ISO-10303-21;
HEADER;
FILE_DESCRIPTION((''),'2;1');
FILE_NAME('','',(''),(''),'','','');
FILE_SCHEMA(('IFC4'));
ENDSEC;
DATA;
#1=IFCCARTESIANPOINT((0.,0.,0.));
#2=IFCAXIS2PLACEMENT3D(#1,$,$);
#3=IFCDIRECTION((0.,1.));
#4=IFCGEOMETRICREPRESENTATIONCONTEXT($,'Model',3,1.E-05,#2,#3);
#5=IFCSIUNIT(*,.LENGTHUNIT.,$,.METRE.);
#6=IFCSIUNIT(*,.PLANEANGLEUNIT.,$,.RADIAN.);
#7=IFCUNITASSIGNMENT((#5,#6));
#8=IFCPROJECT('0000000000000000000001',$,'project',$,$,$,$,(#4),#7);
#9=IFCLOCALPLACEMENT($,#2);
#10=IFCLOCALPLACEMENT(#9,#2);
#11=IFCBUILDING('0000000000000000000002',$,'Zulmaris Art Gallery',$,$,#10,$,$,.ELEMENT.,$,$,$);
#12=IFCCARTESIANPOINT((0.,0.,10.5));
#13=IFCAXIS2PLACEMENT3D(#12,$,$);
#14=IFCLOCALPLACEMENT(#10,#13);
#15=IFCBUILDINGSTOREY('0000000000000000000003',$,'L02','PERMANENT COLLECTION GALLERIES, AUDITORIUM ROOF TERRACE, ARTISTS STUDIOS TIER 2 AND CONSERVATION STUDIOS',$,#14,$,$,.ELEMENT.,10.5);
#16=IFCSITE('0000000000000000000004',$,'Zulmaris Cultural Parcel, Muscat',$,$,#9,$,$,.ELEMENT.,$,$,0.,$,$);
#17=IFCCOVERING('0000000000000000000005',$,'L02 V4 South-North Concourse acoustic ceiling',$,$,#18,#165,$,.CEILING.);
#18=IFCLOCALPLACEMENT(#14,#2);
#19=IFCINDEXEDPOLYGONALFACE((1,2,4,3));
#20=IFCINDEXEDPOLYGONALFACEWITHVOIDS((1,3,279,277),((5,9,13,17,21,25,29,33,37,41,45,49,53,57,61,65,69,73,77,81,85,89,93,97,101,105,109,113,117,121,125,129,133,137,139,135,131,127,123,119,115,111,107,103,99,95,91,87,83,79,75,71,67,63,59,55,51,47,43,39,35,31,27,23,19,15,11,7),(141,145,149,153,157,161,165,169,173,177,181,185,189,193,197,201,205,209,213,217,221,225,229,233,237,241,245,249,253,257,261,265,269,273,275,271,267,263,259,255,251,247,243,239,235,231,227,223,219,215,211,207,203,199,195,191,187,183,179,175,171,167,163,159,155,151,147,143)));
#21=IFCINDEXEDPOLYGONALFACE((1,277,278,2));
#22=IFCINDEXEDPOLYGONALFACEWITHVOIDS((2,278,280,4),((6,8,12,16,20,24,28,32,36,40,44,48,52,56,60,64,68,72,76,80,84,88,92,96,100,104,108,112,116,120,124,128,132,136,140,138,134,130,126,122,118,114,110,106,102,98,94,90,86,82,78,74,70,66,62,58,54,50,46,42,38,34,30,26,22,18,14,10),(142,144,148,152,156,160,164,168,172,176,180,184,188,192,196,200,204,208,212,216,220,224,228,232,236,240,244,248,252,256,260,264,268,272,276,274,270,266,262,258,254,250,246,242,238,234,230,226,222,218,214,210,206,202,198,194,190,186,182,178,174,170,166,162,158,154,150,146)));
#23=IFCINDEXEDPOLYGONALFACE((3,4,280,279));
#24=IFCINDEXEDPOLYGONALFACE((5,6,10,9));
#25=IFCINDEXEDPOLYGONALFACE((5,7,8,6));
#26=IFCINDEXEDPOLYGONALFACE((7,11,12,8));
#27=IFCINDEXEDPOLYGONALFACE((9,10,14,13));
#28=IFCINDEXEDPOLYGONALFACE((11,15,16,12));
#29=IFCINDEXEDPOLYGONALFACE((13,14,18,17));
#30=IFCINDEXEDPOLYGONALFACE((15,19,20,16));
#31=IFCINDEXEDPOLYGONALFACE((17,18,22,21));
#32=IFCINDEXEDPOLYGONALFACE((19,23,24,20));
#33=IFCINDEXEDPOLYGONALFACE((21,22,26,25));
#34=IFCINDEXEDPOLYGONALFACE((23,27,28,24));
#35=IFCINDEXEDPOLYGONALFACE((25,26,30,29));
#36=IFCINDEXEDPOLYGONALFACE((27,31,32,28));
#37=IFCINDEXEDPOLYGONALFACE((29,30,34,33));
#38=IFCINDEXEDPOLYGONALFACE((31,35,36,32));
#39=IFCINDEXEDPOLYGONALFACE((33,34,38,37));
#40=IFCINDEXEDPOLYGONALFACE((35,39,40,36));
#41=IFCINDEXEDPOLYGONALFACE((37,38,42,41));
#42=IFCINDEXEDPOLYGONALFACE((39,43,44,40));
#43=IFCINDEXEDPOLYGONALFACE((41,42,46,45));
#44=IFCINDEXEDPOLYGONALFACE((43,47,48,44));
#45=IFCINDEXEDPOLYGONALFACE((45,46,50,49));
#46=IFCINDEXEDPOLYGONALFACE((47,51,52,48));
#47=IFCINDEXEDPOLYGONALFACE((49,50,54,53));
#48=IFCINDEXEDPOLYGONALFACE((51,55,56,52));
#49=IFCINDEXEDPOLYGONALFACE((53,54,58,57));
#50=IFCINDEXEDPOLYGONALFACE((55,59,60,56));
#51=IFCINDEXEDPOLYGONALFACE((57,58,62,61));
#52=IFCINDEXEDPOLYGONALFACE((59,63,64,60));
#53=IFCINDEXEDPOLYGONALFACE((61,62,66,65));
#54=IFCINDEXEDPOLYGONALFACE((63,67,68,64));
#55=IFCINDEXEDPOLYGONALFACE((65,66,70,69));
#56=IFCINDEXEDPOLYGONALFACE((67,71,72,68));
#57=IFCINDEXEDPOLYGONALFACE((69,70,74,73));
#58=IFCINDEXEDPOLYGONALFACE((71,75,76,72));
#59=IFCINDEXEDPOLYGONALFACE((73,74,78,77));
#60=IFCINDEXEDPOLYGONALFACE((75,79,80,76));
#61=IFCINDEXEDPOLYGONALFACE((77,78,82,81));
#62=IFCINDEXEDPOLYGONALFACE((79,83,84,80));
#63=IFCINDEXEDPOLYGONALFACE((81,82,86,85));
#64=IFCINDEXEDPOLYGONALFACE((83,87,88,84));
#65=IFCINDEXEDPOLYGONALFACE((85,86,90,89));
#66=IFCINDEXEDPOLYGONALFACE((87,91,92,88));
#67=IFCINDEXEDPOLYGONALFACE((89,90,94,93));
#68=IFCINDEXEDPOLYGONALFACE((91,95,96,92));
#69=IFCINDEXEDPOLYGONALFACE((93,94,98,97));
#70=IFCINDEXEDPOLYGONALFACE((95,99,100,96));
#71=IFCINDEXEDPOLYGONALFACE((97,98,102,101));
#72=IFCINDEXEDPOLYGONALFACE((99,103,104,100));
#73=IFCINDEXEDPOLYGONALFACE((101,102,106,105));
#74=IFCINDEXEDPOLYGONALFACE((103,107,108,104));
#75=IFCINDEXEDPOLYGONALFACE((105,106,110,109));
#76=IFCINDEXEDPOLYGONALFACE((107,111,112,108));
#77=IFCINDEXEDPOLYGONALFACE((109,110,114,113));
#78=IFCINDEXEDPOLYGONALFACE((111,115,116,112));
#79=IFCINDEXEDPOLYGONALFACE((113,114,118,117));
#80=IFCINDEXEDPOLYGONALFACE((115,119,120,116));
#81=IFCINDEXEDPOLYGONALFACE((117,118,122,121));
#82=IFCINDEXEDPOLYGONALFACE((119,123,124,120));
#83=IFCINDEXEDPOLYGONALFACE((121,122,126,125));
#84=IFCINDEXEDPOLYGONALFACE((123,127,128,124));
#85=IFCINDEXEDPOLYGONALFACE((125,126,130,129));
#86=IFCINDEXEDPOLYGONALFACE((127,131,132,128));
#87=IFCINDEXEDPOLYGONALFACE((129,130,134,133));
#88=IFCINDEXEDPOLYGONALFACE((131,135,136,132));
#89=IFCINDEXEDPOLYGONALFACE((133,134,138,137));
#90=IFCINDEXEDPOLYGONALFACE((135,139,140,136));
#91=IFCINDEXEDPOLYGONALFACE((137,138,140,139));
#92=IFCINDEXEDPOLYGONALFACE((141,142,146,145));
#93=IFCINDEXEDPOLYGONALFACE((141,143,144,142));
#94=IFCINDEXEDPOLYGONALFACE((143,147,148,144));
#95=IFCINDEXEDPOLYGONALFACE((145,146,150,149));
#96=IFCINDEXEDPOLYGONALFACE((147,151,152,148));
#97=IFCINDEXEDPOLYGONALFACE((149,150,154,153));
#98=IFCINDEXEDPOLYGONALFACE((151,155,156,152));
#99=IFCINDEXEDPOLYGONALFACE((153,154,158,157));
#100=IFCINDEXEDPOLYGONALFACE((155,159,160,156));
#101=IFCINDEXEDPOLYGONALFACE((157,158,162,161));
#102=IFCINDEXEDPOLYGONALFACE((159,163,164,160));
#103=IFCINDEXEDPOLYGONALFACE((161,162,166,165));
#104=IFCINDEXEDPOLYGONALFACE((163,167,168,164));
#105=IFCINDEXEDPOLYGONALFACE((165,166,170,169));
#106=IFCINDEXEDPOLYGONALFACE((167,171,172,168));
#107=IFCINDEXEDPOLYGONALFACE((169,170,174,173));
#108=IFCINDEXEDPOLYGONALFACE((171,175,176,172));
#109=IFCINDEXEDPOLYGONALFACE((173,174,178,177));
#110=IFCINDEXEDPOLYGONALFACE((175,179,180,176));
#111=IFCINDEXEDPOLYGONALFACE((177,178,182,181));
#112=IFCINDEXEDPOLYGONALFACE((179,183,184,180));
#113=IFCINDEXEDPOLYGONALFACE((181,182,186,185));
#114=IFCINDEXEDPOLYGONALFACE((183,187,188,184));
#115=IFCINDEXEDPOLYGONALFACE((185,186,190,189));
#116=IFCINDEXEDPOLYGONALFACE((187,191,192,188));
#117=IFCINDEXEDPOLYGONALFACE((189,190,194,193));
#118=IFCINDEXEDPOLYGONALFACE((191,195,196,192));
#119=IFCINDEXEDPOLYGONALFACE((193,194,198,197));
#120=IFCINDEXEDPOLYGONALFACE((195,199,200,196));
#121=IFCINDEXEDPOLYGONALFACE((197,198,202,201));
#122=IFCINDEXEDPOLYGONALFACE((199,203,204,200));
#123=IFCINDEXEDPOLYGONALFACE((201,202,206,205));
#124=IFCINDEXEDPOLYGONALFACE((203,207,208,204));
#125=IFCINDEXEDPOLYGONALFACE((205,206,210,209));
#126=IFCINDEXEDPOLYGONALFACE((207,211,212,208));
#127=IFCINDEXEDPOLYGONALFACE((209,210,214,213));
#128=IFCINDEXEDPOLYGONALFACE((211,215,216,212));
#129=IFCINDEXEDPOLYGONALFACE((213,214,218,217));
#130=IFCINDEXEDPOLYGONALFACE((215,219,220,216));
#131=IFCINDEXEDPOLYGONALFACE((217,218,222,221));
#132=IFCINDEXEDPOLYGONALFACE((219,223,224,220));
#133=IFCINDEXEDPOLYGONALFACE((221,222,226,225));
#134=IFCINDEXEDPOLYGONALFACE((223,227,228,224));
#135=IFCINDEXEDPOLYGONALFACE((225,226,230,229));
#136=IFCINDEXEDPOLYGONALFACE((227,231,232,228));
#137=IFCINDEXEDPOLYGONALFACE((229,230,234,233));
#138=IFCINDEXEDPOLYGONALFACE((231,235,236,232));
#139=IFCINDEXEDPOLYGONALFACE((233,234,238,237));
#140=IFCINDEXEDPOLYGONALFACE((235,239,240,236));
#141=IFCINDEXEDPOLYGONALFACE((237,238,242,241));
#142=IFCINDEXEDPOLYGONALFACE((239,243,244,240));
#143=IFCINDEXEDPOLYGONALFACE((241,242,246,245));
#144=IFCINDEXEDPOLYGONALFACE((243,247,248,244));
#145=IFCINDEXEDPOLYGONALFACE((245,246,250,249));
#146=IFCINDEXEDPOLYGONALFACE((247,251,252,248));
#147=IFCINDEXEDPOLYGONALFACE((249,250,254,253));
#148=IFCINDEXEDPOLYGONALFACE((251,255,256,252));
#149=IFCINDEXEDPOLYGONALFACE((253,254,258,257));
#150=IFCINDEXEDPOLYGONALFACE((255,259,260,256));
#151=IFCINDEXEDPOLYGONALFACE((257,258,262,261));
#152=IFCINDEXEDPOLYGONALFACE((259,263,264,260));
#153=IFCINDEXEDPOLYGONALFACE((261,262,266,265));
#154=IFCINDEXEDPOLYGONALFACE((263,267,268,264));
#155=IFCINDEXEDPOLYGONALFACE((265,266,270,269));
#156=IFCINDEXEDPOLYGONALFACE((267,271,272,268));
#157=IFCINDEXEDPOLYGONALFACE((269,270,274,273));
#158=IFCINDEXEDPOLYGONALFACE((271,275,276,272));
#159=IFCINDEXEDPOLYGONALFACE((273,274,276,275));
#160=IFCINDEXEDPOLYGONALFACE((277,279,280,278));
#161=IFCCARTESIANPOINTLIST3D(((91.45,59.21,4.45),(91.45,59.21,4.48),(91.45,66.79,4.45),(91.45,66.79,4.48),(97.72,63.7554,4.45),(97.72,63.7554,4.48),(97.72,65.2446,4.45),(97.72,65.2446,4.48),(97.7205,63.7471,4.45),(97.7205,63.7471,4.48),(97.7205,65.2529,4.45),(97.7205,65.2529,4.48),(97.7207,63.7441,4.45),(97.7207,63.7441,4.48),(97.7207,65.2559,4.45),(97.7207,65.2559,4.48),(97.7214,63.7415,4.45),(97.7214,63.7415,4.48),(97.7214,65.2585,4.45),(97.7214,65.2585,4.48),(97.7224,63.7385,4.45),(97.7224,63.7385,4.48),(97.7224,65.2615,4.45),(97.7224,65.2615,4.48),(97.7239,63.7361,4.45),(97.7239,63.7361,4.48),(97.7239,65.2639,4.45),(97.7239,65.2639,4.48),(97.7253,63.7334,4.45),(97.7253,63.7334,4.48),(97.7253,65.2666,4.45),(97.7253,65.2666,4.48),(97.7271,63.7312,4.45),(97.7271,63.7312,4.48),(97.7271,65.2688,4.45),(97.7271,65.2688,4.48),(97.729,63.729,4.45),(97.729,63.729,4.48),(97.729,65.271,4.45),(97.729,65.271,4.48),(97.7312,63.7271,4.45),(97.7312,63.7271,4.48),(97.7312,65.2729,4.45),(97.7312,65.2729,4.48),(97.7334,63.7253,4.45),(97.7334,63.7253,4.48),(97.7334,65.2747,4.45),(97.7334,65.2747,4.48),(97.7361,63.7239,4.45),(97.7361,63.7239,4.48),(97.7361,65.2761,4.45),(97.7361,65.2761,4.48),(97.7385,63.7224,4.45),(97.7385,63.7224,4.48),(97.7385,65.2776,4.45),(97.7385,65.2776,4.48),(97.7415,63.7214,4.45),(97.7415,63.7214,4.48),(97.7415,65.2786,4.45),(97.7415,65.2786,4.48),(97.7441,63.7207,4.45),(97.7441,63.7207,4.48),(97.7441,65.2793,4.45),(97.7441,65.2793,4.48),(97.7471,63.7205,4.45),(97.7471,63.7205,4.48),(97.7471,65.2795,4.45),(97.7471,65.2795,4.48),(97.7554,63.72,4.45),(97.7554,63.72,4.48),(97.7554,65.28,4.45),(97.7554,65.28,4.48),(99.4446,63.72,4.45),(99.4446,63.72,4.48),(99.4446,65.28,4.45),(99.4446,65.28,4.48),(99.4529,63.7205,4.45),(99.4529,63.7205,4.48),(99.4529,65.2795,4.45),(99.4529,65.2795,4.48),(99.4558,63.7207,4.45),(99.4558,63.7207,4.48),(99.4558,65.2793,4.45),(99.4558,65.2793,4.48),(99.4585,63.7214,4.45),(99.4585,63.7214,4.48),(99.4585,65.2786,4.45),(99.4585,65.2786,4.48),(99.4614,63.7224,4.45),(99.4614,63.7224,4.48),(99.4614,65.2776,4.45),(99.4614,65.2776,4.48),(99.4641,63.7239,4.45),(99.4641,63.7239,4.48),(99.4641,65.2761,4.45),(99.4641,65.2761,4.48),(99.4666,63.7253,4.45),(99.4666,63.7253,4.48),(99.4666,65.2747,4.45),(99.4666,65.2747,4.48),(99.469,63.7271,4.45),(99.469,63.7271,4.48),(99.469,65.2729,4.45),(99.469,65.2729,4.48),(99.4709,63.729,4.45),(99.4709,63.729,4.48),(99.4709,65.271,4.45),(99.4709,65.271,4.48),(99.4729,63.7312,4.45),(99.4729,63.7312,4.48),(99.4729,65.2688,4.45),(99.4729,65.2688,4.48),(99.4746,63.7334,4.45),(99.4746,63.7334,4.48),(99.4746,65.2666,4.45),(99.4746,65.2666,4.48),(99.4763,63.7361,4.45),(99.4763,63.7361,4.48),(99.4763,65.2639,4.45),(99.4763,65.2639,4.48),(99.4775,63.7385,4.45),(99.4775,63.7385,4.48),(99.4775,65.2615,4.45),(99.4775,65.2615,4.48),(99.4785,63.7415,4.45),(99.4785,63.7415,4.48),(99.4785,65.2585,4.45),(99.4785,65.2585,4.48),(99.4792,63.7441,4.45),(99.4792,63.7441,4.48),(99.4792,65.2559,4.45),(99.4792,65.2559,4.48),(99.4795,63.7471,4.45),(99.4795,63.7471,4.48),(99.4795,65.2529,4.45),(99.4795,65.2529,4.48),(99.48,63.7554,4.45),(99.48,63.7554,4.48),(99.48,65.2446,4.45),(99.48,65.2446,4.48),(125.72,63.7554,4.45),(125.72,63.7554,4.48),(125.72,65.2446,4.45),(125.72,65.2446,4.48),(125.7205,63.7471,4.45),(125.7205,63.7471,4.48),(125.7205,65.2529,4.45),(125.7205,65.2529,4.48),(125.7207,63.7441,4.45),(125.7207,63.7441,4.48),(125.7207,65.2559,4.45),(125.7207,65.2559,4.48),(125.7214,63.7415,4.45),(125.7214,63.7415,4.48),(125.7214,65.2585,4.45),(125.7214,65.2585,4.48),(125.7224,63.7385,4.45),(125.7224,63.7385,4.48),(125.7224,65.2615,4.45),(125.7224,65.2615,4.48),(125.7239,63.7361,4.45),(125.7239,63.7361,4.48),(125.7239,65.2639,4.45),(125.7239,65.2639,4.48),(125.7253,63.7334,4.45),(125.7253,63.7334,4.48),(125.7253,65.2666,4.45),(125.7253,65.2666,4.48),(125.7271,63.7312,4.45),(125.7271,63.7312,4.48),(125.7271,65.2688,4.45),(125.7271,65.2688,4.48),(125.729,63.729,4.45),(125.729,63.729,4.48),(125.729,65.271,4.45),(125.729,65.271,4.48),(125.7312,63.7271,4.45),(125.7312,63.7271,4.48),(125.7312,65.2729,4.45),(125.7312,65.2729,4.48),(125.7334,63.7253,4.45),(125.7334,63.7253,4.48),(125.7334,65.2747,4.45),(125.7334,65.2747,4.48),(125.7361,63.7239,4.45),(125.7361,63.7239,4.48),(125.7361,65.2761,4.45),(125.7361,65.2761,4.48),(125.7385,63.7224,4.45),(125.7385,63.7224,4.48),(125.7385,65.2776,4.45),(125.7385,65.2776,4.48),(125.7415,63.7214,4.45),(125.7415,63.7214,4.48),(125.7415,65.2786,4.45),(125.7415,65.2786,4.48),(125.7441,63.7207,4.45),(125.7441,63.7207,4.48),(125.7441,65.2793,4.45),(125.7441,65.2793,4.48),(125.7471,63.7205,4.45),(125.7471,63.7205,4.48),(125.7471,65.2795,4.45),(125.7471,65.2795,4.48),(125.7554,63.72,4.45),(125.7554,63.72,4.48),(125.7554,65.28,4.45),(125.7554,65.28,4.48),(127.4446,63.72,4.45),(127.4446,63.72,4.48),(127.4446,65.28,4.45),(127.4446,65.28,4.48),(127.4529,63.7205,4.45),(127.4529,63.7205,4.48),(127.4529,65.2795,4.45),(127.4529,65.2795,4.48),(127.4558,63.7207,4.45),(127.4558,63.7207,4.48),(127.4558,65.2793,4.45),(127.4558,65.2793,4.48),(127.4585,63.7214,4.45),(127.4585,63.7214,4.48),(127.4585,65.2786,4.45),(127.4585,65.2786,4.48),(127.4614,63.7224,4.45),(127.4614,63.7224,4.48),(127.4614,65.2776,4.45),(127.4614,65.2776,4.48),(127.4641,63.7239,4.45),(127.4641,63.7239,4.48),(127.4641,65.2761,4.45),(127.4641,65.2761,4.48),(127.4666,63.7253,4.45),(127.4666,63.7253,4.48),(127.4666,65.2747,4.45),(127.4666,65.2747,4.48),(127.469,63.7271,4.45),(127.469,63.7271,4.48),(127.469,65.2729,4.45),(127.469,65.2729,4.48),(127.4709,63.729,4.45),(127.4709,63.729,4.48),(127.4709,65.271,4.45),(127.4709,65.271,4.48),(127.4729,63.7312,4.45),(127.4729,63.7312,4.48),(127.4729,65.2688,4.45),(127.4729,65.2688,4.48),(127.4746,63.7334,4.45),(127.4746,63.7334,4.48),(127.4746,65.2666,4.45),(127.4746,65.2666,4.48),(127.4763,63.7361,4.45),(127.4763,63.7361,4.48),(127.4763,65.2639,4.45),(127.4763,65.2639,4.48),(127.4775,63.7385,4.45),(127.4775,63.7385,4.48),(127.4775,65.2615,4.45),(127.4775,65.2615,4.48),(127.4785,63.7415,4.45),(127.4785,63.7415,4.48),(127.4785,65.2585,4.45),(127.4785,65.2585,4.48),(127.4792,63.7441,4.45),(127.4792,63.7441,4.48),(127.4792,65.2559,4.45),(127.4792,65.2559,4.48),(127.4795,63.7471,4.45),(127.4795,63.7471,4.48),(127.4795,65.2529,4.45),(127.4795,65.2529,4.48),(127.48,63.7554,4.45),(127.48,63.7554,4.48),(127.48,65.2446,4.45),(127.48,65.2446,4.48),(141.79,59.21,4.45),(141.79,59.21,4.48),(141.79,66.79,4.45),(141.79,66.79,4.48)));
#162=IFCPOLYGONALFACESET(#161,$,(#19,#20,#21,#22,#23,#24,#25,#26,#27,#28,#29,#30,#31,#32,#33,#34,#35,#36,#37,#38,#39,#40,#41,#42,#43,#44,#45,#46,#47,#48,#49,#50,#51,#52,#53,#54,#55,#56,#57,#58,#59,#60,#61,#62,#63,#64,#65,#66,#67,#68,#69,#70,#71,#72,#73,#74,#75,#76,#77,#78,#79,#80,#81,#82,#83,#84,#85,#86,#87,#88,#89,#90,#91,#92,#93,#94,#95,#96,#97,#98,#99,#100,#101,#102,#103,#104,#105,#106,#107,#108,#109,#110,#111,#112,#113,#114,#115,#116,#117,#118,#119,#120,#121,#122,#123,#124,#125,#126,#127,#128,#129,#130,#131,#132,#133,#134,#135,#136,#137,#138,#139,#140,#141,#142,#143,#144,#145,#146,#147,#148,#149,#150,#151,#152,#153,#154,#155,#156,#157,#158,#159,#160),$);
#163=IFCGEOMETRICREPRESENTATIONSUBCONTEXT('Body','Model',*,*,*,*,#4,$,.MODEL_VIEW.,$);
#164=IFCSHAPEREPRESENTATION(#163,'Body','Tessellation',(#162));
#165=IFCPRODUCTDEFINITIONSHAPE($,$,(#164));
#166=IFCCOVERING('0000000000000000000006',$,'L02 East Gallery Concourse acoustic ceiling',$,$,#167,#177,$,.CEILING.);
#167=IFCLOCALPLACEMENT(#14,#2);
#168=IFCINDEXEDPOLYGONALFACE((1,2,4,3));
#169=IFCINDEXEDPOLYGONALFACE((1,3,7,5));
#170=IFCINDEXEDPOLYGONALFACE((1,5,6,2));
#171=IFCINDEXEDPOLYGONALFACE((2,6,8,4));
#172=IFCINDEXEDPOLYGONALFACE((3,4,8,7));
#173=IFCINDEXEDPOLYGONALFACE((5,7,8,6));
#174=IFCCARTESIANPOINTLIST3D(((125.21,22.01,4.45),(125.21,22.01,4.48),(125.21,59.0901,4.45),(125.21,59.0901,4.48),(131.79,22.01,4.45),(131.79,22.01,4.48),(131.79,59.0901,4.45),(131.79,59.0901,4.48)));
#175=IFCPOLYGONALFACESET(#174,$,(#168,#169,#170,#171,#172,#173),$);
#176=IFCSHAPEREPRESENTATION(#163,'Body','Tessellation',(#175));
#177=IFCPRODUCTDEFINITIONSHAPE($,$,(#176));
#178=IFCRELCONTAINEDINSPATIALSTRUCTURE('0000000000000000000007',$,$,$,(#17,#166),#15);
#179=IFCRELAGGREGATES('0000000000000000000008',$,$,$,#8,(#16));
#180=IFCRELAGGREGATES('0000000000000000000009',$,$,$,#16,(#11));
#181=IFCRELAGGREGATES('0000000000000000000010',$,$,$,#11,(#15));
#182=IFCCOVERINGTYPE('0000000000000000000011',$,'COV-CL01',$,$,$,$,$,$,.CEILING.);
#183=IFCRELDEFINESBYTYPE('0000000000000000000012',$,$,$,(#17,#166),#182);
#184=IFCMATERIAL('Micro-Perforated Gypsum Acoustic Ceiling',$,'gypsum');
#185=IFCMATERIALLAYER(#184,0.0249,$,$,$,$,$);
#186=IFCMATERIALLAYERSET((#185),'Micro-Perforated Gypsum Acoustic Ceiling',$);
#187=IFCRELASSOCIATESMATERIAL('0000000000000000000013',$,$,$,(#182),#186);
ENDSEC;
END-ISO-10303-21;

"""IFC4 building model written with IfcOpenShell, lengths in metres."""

from ifc_helpers import new_model, si_unit, direction, frame, origin, place, context, subcontext, project, spatial, polyline, outline, extrude, material, layer, layer_set, type_object, element, save


model = new_model("IFC4")

# Units and contexts
model_context = context("Model", 3, precision=1e-05, world=origin(), true_north=direction((0.0, 1.0)))
body_context = subcontext(model_context, "Body", "Model", "MODEL_VIEW")
ifc_project = project(units=[si_unit("LENGTHUNIT", "METRE"), si_unit("PLANEANGLEUNIT", "RADIAN")], contexts=[model_context])

# Site, building, storey
site_placement = place(None, origin())
site = spatial("IfcSite", under=ifc_project, at=site_placement, Name="Zulmaris Cultural Parcel, Muscat", CompositionType="ELEMENT", RefElevation=0.0)
building_placement = place(site_placement, origin())
building = spatial("IfcBuilding", under=site, at=building_placement, Name="Zulmaris Art Gallery", CompositionType="ELEMENT")
storey_placement = place(building_placement, frame((0.0, 0.0, 10.5)))
storey = spatial("IfcBuildingStorey", under=building, at=storey_placement, Name="L02", Description="PERMANENT COLLECTION GALLERIES, AUDITORIUM ROOF TERRACE, ARTISTS STUDIOS TIER 2 AND CONSERVATION STUDIOS", CompositionType="ELEMENT", Elevation=10.5)

# Coverings
ifc_material_1 = material(Name="Micro-Perforated Gypsum Acoustic Ceiling", Category="gypsum")
ifc_layer_1 = layer(ifc_material_1, 0.0249)
ifc_layer_set_1 = layer_set([ifc_layer_1], Name="Micro-Perforated Gypsum Acoustic Ceiling")
covering_type_1 = type_object("IfcCoveringType", Name="COV-CL01", PredefinedType="CEILING", material=ifc_layer_set_1)
covering_1_placement = place(storey_placement, frame((0.0, 0.0, 4.45)))
element("IfcCovering", 1, at=covering_1_placement, inside=storey, type_object=covering_type_1, Name="L02 V4 South-North Concourse acoustic ceiling", PredefinedType="CEILING", context=body_context, shape_type="SweptSolid", body=[
    extrude(outline(polyline([(91.45, 66.79), (141.79, 66.79), (141.79, 59.21), (91.45, 59.21), (91.45, 66.79)]), holes=[polyline([(125.7415, 65.2786), (125.7385, 65.2776), (125.7361, 65.2761), (125.7334, 65.2747), (125.7312, 65.2729), (125.729, 65.271), (125.7271, 65.2688), (125.7253, 65.2666), (125.7239, 65.2639), (125.7224, 65.2615), (125.7214, 65.2585), (125.7207, 65.2559), (125.7205, 65.2529), (125.72, 65.2446), (125.72, 63.7554), (125.7205, 63.7471), (125.7207, 63.7441), (125.7214, 63.7415), (125.7224, 63.7385), (125.7239, 63.7361), (125.7253, 63.7334), (125.7271, 63.7312), (125.729, 63.729), (125.7312, 63.7271), (125.7334, 63.7253), (125.7361, 63.7239), (125.7385, 63.7224), (125.7415, 63.7214), (125.7441, 63.7207), (125.7471, 63.7205), (125.7554, 63.72), (127.4446, 63.72), (127.4529, 63.7205), (127.4558, 63.7207), (127.4585, 63.7214), (127.4614, 63.7224), (127.4641, 63.7239), (127.4666, 63.7253), (127.469, 63.7271), (127.4709, 63.729), (127.4729, 63.7312), (127.4746, 63.7334), (127.4763, 63.7361), (127.4775, 63.7385), (127.4785, 63.7415), (127.4792, 63.7441), (127.4795, 63.7471), (127.48, 63.7554), (127.48, 65.2446), (127.4795, 65.2529), (127.4792, 65.2559), (127.4785, 65.2585), (127.4775, 65.2615), (127.4763, 65.2639), (127.4746, 65.2666), (127.4729, 65.2688), (127.4709, 65.271), (127.469, 65.2729), (127.4666, 65.2747), (127.4641, 65.2761), (127.4614, 65.2776), (127.4585, 65.2786), (127.4558, 65.2793), (127.4529, 65.2795), (127.4446, 65.28), (125.7554, 65.28), (125.7471, 65.2795), (125.7441, 65.2793), (125.7415, 65.2786)]), polyline([(97.7415, 65.2786), (97.7385, 65.2776), (97.7361, 65.2761), (97.7334, 65.2747), (97.7312, 65.2729), (97.729, 65.271), (97.7271, 65.2688), (97.7253, 65.2666), (97.7239, 65.2639), (97.7224, 65.2615), (97.7214, 65.2585), (97.7207, 65.2559), (97.7205, 65.2529), (97.72, 65.2446), (97.72, 63.7554), (97.7205, 63.7471), (97.7207, 63.7441), (97.7214, 63.7415), (97.7224, 63.7385), (97.7239, 63.7361), (97.7253, 63.7334), (97.7271, 63.7312), (97.729, 63.729), (97.7312, 63.7271), (97.7334, 63.7253), (97.7361, 63.7239), (97.7385, 63.7224), (97.7415, 63.7214), (97.7441, 63.7207), (97.7471, 63.7205), (97.7554, 63.72), (99.4446, 63.72), (99.4529, 63.7205), (99.4558, 63.7207), (99.4585, 63.7214), (99.4614, 63.7224), (99.4641, 63.7239), (99.4666, 63.7253), (99.469, 63.7271), (99.4709, 63.729), (99.4729, 63.7312), (99.4746, 63.7334), (99.4763, 63.7361), (99.4775, 63.7385), (99.4785, 63.7415), (99.4792, 63.7441), (99.4795, 63.7471), (99.48, 63.7554), (99.48, 65.2446), (99.4795, 65.2529), (99.4792, 65.2559), (99.4785, 65.2585), (99.4775, 65.2615), (99.4763, 65.2639), (99.4746, 65.2666), (99.4729, 65.2688), (99.4709, 65.271), (99.469, 65.2729), (99.4666, 65.2747), (99.4641, 65.2761), (99.4614, 65.2776), (99.4585, 65.2786), (99.4558, 65.2793), (99.4529, 65.2795), (99.4446, 65.28), (97.7554, 65.28), (97.7471, 65.2795), (97.7441, 65.2793), (97.7415, 65.2786)])]), origin(), (0.0, 0.0, 1.0), 0.03),
])
covering_2_placement = place(storey_placement, frame((0.0, 0.0, 4.45)))
element("IfcCovering", 2, at=covering_2_placement, inside=storey, type_object=covering_type_1, Name="L02 East Gallery Concourse acoustic ceiling", PredefinedType="CEILING", context=body_context, shape_type="SweptSolid", body=[
    extrude(outline(polyline([(125.21, 59.0901), (131.79, 59.0901), (131.79, 22.01), (125.21, 22.01), (125.21, 59.0901)])), origin(), (0.0, 0.0, 1.0), 0.03),
])

save(model, "model.ifc")
